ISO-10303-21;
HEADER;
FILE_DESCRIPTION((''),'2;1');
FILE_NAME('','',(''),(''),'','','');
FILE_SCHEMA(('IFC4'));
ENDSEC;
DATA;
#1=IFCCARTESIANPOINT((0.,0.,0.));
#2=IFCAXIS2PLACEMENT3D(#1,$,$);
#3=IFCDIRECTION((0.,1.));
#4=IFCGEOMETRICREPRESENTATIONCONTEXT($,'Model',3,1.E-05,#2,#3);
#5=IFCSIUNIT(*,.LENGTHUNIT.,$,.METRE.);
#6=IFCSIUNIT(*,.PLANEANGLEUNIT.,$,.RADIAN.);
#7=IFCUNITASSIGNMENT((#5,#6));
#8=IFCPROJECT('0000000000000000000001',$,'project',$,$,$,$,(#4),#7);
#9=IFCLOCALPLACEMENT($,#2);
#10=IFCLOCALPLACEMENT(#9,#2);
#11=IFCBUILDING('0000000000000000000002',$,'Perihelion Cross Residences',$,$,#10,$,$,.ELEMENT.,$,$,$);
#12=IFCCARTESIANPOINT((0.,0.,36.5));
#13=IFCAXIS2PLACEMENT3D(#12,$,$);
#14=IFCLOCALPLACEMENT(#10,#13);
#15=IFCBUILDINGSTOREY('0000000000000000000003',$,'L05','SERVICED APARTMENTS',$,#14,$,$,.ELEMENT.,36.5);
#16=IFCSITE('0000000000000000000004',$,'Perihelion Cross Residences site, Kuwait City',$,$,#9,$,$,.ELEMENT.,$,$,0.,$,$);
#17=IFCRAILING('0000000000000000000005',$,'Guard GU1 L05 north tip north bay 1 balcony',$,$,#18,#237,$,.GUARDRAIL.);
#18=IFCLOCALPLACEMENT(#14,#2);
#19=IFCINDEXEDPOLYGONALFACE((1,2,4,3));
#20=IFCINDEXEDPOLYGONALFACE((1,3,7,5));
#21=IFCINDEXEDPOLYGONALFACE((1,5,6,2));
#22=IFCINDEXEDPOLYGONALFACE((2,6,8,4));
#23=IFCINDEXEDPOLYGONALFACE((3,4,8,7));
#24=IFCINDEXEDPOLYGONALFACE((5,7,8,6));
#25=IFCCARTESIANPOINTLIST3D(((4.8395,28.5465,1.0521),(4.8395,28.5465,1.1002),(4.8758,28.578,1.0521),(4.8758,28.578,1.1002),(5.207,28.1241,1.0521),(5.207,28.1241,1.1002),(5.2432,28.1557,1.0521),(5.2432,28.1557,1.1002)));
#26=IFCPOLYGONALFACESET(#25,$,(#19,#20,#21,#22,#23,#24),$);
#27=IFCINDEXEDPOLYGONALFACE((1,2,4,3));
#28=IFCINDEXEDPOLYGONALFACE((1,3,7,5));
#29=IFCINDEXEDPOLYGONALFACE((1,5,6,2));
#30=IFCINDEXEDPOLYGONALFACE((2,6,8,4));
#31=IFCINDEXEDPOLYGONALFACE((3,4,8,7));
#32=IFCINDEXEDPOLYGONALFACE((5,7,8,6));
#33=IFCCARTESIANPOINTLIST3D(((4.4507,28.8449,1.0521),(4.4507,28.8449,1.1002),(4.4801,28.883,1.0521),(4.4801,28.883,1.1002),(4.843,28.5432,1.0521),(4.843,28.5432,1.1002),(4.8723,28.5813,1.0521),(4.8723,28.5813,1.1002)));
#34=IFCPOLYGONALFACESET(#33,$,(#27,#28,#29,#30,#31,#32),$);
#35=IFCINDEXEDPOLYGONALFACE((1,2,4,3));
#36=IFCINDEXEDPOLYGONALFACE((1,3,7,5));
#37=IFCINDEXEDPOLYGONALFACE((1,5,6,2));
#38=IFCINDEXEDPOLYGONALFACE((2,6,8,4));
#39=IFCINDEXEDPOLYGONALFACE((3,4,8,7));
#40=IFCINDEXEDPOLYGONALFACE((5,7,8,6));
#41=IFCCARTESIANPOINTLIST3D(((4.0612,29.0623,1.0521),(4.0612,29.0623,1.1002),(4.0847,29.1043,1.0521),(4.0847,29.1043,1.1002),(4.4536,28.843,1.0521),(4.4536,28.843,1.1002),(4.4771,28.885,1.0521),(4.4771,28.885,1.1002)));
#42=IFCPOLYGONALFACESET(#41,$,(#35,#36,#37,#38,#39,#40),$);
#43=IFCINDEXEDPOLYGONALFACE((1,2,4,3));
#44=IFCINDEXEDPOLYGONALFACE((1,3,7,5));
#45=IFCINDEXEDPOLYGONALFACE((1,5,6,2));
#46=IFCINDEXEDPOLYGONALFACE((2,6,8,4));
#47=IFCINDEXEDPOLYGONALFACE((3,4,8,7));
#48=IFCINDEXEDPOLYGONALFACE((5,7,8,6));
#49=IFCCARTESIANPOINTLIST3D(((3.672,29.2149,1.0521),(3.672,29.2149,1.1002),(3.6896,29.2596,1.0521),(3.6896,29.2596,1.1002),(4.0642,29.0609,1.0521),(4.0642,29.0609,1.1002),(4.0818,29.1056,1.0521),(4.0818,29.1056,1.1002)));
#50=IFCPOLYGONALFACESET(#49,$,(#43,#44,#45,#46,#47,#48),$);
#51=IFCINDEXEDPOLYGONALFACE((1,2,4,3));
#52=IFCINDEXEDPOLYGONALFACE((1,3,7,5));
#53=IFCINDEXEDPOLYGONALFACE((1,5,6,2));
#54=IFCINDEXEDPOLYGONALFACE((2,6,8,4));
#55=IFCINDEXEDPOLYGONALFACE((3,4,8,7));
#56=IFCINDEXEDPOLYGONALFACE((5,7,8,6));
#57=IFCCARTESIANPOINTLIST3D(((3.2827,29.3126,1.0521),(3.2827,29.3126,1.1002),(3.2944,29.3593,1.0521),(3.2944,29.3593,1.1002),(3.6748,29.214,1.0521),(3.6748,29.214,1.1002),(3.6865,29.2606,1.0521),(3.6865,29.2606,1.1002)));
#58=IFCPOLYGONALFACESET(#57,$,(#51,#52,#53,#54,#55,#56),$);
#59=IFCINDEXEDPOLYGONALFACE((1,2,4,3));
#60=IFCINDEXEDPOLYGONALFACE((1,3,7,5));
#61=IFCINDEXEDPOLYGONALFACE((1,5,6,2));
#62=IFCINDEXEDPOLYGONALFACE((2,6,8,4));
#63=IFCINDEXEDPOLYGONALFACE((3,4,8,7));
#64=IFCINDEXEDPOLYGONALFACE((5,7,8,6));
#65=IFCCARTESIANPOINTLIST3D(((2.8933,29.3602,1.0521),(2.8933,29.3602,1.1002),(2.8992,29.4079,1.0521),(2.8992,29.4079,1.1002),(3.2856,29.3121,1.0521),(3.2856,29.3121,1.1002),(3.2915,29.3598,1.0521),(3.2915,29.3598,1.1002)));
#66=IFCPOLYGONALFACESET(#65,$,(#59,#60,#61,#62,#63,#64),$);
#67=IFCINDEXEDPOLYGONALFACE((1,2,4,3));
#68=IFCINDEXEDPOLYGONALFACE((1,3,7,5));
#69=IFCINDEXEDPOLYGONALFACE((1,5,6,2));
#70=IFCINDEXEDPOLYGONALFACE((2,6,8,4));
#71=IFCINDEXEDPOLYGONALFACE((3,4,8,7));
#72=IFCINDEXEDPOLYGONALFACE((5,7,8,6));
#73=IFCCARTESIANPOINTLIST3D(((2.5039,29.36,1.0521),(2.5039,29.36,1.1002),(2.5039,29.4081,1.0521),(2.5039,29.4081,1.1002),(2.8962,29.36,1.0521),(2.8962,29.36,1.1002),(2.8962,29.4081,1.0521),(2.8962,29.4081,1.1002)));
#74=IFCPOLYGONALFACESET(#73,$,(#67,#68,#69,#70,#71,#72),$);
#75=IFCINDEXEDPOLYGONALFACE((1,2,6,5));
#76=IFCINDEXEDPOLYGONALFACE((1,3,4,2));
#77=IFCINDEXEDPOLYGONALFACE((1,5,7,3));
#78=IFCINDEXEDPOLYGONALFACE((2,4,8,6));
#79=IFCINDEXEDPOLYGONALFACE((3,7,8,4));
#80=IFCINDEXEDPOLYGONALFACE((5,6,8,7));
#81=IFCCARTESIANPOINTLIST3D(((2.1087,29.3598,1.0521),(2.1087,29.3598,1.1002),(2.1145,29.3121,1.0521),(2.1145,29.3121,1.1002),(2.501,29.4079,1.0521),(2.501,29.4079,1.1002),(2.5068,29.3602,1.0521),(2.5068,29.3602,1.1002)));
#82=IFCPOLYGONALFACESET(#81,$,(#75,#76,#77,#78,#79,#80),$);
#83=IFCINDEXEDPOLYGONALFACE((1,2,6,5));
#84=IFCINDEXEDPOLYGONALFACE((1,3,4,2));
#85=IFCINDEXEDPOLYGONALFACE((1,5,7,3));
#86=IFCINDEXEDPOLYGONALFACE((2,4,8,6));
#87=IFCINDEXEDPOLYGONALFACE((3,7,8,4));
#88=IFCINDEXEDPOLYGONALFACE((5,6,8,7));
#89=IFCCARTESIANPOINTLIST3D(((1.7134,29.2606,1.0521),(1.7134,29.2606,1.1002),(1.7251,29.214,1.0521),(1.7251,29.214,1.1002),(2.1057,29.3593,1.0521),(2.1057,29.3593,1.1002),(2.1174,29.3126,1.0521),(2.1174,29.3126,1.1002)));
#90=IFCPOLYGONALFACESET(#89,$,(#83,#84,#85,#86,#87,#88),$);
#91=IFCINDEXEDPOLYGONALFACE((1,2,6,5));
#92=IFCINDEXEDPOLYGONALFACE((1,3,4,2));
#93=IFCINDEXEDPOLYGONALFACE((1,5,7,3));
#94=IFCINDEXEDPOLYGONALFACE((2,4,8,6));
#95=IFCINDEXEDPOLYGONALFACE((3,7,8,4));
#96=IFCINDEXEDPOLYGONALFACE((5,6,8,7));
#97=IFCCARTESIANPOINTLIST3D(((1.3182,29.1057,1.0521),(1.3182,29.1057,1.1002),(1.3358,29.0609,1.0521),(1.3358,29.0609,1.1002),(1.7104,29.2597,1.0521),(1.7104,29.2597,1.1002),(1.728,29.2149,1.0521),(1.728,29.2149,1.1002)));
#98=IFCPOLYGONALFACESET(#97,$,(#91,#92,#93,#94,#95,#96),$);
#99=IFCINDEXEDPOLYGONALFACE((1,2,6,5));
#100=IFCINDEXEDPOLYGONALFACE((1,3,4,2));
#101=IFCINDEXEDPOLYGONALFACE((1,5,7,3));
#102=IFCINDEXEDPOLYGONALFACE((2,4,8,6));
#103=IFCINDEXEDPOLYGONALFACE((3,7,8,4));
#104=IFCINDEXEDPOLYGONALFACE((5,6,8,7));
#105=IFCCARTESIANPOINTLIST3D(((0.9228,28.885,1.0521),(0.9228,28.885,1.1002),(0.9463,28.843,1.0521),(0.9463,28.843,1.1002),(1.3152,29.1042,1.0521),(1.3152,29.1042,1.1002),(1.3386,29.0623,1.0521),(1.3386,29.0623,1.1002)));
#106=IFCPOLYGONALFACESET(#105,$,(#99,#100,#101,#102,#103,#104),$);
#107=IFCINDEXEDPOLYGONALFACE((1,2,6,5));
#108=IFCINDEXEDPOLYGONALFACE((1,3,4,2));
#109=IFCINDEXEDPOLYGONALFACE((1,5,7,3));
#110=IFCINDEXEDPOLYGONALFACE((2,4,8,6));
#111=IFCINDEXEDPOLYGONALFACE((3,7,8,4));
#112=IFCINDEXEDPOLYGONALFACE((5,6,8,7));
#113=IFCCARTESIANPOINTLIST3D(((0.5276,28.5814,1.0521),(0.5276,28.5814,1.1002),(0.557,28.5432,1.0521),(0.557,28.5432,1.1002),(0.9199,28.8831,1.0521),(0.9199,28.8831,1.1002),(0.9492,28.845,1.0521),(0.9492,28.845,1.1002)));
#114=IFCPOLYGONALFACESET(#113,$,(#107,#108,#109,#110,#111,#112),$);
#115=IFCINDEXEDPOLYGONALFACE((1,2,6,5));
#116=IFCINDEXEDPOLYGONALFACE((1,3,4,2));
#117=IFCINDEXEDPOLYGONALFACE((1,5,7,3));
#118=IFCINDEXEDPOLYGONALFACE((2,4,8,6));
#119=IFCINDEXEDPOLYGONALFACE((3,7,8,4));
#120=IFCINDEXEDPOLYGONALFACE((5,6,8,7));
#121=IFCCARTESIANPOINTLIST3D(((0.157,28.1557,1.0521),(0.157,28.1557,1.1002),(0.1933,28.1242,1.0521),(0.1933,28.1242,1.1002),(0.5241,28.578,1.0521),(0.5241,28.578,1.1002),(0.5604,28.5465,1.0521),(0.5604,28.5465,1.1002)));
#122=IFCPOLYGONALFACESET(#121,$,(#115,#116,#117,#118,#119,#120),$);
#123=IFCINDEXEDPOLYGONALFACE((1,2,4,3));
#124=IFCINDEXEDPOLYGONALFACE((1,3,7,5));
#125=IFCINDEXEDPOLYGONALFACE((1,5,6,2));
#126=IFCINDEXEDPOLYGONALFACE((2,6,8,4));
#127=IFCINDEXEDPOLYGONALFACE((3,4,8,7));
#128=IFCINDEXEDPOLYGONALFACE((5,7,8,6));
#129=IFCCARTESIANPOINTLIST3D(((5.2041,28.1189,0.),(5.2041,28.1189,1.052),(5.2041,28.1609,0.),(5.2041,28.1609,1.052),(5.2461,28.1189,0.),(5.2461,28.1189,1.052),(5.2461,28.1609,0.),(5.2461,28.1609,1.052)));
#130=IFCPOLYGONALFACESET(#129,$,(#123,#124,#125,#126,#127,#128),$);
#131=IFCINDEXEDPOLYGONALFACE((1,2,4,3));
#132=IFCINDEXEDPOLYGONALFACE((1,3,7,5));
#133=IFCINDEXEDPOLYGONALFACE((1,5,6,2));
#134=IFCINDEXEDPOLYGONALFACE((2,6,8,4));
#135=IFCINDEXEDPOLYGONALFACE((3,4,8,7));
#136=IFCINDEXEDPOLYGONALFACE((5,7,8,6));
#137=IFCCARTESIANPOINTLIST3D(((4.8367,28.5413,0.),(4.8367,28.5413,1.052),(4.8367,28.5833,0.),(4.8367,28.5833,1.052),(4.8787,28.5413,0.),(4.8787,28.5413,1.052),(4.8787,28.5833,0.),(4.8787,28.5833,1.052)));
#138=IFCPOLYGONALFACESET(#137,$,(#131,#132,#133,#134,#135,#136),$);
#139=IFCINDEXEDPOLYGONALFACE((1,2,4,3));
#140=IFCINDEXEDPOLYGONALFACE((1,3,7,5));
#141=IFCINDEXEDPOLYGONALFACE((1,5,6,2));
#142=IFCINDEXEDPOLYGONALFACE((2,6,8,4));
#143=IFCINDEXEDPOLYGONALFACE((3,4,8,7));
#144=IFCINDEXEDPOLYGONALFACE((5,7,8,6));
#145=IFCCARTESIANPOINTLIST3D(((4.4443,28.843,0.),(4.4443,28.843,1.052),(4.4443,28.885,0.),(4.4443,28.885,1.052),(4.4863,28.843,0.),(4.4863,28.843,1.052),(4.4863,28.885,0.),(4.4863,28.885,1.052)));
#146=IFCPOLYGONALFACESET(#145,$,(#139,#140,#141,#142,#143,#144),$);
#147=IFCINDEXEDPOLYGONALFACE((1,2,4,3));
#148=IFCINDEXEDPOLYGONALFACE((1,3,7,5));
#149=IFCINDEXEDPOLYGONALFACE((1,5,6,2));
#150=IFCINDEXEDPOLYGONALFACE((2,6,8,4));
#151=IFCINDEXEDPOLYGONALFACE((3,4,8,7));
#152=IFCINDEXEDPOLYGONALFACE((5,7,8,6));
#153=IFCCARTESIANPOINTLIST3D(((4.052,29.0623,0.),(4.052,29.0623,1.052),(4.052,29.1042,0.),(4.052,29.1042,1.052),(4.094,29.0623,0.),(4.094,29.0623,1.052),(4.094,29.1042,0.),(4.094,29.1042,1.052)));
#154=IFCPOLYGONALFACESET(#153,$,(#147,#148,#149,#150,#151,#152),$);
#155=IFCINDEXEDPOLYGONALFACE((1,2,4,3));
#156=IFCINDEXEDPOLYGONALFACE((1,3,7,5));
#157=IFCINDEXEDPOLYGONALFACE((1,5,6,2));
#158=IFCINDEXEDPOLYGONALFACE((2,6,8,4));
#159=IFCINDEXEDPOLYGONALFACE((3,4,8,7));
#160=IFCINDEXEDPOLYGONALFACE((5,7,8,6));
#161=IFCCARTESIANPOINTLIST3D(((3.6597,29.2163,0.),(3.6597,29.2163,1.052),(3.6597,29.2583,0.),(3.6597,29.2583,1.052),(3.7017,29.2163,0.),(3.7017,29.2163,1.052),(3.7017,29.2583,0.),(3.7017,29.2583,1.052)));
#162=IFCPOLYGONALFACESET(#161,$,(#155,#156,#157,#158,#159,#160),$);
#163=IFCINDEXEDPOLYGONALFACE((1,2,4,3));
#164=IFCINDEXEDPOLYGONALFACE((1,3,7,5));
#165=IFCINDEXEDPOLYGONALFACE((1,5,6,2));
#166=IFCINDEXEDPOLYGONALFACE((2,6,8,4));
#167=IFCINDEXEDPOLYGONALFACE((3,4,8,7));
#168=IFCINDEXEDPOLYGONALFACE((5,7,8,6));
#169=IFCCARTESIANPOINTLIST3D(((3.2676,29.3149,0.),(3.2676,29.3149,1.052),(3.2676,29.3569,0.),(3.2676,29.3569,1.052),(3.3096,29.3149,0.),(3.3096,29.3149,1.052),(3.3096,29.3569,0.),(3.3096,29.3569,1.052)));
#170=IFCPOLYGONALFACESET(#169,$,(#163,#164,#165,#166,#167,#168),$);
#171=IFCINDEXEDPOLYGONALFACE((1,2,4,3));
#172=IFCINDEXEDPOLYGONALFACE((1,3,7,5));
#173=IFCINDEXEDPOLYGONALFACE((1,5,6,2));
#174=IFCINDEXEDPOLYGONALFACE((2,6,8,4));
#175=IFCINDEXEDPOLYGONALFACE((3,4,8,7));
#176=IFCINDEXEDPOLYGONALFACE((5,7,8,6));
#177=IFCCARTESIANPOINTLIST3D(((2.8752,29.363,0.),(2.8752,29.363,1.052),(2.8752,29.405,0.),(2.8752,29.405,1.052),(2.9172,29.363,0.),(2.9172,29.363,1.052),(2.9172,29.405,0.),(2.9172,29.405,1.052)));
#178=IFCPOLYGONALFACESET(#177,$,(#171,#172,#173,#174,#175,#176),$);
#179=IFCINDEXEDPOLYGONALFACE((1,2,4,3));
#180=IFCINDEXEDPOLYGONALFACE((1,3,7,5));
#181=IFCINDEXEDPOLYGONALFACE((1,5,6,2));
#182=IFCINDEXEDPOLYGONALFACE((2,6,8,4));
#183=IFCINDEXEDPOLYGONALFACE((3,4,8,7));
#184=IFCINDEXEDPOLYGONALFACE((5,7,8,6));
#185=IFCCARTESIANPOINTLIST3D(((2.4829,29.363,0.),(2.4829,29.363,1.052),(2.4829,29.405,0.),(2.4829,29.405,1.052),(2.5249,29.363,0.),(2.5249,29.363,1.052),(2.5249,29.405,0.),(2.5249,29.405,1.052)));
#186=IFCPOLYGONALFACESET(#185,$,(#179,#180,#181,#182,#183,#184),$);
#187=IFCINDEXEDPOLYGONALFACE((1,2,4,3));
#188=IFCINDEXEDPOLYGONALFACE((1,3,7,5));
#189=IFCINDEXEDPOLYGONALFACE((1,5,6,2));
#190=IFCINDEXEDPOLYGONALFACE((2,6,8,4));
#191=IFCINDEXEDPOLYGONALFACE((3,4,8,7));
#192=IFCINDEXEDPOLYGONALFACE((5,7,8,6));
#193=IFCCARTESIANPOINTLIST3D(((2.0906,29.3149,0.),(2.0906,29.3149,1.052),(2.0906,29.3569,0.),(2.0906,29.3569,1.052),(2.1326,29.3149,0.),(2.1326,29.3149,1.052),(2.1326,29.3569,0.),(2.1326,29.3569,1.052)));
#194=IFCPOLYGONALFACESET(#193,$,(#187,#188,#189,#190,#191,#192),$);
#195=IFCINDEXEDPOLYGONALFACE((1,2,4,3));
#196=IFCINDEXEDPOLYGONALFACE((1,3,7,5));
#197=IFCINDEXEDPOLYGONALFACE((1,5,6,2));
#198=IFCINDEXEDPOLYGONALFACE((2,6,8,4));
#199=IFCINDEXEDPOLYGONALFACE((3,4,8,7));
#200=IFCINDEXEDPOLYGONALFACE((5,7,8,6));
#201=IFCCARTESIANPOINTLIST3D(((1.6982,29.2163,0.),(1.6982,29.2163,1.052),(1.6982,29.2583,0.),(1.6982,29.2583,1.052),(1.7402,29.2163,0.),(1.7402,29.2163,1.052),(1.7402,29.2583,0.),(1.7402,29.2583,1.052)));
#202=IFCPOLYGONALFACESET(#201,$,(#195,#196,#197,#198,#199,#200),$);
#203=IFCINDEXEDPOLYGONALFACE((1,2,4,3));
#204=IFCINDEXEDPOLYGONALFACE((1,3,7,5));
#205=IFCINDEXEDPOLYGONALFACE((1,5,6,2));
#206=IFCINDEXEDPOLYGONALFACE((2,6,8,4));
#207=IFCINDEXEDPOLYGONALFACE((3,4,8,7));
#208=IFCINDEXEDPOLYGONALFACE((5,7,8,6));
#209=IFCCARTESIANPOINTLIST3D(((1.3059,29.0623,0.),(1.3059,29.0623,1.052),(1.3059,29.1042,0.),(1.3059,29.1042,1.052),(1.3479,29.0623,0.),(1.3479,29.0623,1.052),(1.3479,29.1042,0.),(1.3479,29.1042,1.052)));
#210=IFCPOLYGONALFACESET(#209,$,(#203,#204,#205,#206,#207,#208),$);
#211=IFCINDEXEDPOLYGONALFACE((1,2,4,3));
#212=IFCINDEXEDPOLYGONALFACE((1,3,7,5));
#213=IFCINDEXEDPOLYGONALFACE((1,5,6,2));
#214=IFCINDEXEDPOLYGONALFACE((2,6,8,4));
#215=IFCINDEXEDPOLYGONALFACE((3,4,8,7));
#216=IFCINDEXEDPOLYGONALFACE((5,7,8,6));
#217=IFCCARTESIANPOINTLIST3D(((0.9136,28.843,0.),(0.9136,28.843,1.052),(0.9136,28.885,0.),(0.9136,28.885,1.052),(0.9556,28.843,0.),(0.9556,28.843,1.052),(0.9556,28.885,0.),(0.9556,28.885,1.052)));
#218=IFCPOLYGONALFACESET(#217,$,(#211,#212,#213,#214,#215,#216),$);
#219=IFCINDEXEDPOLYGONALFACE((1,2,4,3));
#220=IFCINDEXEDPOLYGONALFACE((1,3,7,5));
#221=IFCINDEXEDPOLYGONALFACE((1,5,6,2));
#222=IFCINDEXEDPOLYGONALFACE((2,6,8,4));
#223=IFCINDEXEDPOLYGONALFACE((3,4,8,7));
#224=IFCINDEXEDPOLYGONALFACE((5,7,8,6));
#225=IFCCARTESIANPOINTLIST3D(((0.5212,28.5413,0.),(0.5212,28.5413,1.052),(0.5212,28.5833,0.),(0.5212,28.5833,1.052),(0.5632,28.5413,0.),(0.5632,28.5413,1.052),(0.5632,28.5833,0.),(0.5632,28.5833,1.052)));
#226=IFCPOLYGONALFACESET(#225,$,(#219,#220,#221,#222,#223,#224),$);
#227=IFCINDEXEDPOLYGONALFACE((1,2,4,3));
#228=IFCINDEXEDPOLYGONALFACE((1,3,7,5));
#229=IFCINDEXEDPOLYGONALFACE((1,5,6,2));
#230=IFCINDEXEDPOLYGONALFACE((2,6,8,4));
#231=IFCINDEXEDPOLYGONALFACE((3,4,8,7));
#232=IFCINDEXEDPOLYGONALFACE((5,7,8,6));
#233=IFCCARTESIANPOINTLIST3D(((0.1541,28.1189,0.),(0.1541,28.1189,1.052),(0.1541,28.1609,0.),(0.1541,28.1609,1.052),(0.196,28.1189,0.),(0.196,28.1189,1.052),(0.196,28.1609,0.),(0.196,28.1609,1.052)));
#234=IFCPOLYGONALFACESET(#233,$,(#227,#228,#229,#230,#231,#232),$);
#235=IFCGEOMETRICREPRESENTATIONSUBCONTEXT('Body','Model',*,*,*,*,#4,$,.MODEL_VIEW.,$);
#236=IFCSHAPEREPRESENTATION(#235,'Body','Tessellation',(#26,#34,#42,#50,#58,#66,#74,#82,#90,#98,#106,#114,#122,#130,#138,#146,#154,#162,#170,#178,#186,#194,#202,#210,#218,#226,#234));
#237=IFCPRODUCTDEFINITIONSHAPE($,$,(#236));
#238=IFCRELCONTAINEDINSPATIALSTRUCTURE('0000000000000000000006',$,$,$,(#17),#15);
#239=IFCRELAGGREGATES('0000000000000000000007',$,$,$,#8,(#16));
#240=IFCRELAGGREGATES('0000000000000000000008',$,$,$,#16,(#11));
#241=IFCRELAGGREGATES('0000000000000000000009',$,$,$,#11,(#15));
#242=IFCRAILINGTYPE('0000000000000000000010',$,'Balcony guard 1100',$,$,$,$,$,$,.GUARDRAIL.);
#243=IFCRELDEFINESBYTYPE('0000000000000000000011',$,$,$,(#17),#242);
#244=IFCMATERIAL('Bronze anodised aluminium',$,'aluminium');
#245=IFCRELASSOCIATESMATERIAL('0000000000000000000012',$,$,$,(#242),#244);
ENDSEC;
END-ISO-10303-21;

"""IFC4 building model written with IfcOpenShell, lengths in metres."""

from ifc_helpers import new_model, si_unit, direction, frame, origin, origin_2d, place, context, subcontext, project, spatial, rectangle, extrude, material, type_object, element, save


model = new_model("IFC4")

# Units and contexts
model_context = context("Model", 3, precision=1e-05, world=origin(), true_north=direction((0.0, 1.0)))
body_context = subcontext(model_context, "Body", "Model", "MODEL_VIEW")
ifc_project = project(units=[si_unit("LENGTHUNIT", "METRE"), si_unit("PLANEANGLEUNIT", "RADIAN")], contexts=[model_context])

# Site, building, storey
site_placement = place(None, origin())
site = spatial("IfcSite", under=ifc_project, at=site_placement, Name="Perihelion Cross Residences site, Kuwait City", CompositionType="ELEMENT", RefElevation=0.0)
building_placement = place(site_placement, origin())
building = spatial("IfcBuilding", under=site, at=building_placement, Name="Perihelion Cross Residences", CompositionType="ELEMENT")
storey_placement = place(building_placement, frame((0.0, 0.0, 36.5)))
storey = spatial("IfcBuildingStorey", under=building, at=storey_placement, Name="L05", Description="SERVICED APARTMENTS", CompositionType="ELEMENT", Elevation=36.5)

# Railing
ifc_material_1 = material(Name="Bronze anodised aluminium", Category="aluminium")
railing_type = type_object("IfcRailingType", Name="Balcony guard 1100", PredefinedType="GUARDRAIL", material=ifc_material_1)
railing_placement = place(storey_placement, frame((5.2251, 28.1399, 0.0)))
element("IfcRailing", 1, at=railing_placement, inside=storey, type_object=railing_type, Name="Guard GU1 L05 north tip north bay 1 balcony", PredefinedType="GUARDRAIL", context=body_context, shape_type="SweptSolid", body=[
    extrude(rectangle(XDim=0.0481, YDim=0.0481, at=origin_2d()), frame((0.0, 0.0, 1.0762), z_axis=(-0.656341, 0.754465, 0.0), x_axis=(-0.754465, -0.656341, 0.0)), (0.0, 0.0, 1.0), 0.5598),
    extrude(rectangle(XDim=0.0481, YDim=0.0481, at=origin_2d()), frame((-0.3674, 0.4224, 1.0762), z_axis=(-0.792661, 0.609663, 0.0), x_axis=(-0.609663, -0.792661, 0.0)), (0.0, 0.0, 1.0), 0.4949),
    extrude(rectangle(XDim=0.0481, YDim=0.0481, at=origin_2d()), frame((-0.7598, 0.7241, 1.0762), z_axis=(-0.87295, 0.487809, 0.0), x_axis=(-0.487809, -0.87295, 0.0)), (0.0, 0.0, 1.0), 0.4495),
    extrude(rectangle(XDim=0.0481, YDim=0.0481, at=origin_2d()), frame((-1.1521, 0.9434, 1.0762), z_axis=(-0.930815, 0.365491, 0.0), x_axis=(-0.365491, -0.930815, 0.0)), (0.0, 0.0, 1.0), 0.4214),
    extrude(rectangle(XDim=0.0481, YDim=0.0481, at=origin_2d()), frame((-1.5444, 1.0974, 1.0762), z_axis=(-0.969786, 0.243956, 0.0), x_axis=(-0.243956, -0.969786, 0.0)), (0.0, 0.0, 1.0), 0.4043),
    extrude(rectangle(XDim=0.0481, YDim=0.0481, at=origin_2d()), frame((-1.9365, 1.196, 1.0762), z_axis=(-0.99257, 0.121678, 0.0), x_axis=(-0.121678, -0.99257, 0.0)), (0.0, 0.0, 1.0), 0.3953),
    extrude(rectangle(XDim=0.0481, YDim=0.0481, at=origin_2d()), frame((-2.3289, 1.2441, 1.0762), z_axis=(-1.0, 0.0, 0.0), x_axis=(0.0, -1.0, 0.0)), (0.0, 0.0, 1.0), 0.3923),
    extrude(rectangle(XDim=0.0481, YDim=0.0481, at=origin_2d()), frame((-2.7212, 1.2441, 1.0762), z_axis=(-0.99257, -0.121678, 0.0), x_axis=(0.121678, -0.99257, 0.0)), (0.0, 0.0, 1.0), 0.3953),
    extrude(rectangle(XDim=0.0481, YDim=0.0481, at=origin_2d()), frame((-3.1135, 1.196, 1.0762), z_axis=(-0.969822, -0.243813, 0.0), x_axis=(0.243813, -0.969822, 0.0)), (0.0, 0.0, 1.0), 0.4045),
    extrude(rectangle(XDim=0.0481, YDim=0.0481, at=origin_2d()), frame((-3.5059, 1.0974, 1.0762), z_axis=(-0.930815, -0.365491, 0.0), x_axis=(0.365491, -0.930815, 0.0)), (0.0, 0.0, 1.0), 0.4214),
    extrude(rectangle(XDim=0.0481, YDim=0.0481, at=origin_2d()), frame((-3.8982, 0.9434, 1.0762), z_axis=(-0.87295, -0.487809, 0.0), x_axis=(0.487809, -0.87295, 0.0)), (0.0, 0.0, 1.0), 0.4495),
    extrude(rectangle(XDim=0.0481, YDim=0.0481, at=origin_2d()), frame((-4.2905, 0.7241, 1.0762), z_axis=(-0.792661, -0.609663, 0.0), x_axis=(0.609663, -0.792661, 0.0)), (0.0, 0.0, 1.0), 0.4949),
    extrude(rectangle(XDim=0.0481, YDim=0.0481, at=origin_2d()), frame((-4.6829, 0.4224, 1.0762), z_axis=(-0.656092, -0.754681, 0.0), x_axis=(0.754681, -0.656092, 0.0)), (0.0, 0.0, 1.0), 0.5596),
    extrude(rectangle(XDim=0.042, YDim=0.042, at=origin_2d()), origin(), (0.0, 0.0, 1.0), 1.052),
    extrude(rectangle(XDim=0.042, YDim=0.042, at=origin_2d()), frame((-0.3674, 0.4224, 0.0)), (0.0, 0.0, 1.0), 1.052),
    extrude(rectangle(XDim=0.042, YDim=0.042, at=origin_2d()), frame((-0.7598, 0.7241, 0.0)), (0.0, 0.0, 1.0), 1.052),
    extrude(rectangle(XDim=0.042, YDim=0.042, at=origin_2d()), frame((-1.1521, 0.9434, 0.0)), (0.0, 0.0, 1.0), 1.052),
    extrude(rectangle(XDim=0.042, YDim=0.042, at=origin_2d()), frame((-1.5444, 1.0974, 0.0)), (0.0, 0.0, 1.0), 1.052),
    extrude(rectangle(XDim=0.042, YDim=0.042, at=origin_2d()), frame((-1.9365, 1.196, 0.0)), (0.0, 0.0, 1.0), 1.052),
    extrude(rectangle(XDim=0.042, YDim=0.042, at=origin_2d()), frame((-2.3289, 1.2441, 0.0)), (0.0, 0.0, 1.0), 1.052),
    extrude(rectangle(XDim=0.042, YDim=0.042, at=origin_2d()), frame((-2.7212, 1.2441, 0.0)), (0.0, 0.0, 1.0), 1.052),
    extrude(rectangle(XDim=0.042, YDim=0.042, at=origin_2d()), frame((-3.1135, 1.196, 0.0)), (0.0, 0.0, 1.0), 1.052),
    extrude(rectangle(XDim=0.042, YDim=0.042, at=origin_2d()), frame((-3.5059, 1.0974, 0.0)), (0.0, 0.0, 1.0), 1.052),
    extrude(rectangle(XDim=0.042, YDim=0.042, at=origin_2d()), frame((-3.8982, 0.9434, 0.0)), (0.0, 0.0, 1.0), 1.052),
    extrude(rectangle(XDim=0.042, YDim=0.042, at=origin_2d()), frame((-4.2905, 0.7241, 0.0)), (0.0, 0.0, 1.0), 1.052),
    extrude(rectangle(XDim=0.042, YDim=0.042, at=origin_2d()), frame((-4.6829, 0.4224, 0.0)), (0.0, 0.0, 1.0), 1.052),
    extrude(rectangle(XDim=0.042, YDim=0.042, at=origin_2d()), frame((-5.05, 0.0, 0.0)), (0.0, 0.0, 1.0), 1.052),
])

save(model, "model.ifc")
